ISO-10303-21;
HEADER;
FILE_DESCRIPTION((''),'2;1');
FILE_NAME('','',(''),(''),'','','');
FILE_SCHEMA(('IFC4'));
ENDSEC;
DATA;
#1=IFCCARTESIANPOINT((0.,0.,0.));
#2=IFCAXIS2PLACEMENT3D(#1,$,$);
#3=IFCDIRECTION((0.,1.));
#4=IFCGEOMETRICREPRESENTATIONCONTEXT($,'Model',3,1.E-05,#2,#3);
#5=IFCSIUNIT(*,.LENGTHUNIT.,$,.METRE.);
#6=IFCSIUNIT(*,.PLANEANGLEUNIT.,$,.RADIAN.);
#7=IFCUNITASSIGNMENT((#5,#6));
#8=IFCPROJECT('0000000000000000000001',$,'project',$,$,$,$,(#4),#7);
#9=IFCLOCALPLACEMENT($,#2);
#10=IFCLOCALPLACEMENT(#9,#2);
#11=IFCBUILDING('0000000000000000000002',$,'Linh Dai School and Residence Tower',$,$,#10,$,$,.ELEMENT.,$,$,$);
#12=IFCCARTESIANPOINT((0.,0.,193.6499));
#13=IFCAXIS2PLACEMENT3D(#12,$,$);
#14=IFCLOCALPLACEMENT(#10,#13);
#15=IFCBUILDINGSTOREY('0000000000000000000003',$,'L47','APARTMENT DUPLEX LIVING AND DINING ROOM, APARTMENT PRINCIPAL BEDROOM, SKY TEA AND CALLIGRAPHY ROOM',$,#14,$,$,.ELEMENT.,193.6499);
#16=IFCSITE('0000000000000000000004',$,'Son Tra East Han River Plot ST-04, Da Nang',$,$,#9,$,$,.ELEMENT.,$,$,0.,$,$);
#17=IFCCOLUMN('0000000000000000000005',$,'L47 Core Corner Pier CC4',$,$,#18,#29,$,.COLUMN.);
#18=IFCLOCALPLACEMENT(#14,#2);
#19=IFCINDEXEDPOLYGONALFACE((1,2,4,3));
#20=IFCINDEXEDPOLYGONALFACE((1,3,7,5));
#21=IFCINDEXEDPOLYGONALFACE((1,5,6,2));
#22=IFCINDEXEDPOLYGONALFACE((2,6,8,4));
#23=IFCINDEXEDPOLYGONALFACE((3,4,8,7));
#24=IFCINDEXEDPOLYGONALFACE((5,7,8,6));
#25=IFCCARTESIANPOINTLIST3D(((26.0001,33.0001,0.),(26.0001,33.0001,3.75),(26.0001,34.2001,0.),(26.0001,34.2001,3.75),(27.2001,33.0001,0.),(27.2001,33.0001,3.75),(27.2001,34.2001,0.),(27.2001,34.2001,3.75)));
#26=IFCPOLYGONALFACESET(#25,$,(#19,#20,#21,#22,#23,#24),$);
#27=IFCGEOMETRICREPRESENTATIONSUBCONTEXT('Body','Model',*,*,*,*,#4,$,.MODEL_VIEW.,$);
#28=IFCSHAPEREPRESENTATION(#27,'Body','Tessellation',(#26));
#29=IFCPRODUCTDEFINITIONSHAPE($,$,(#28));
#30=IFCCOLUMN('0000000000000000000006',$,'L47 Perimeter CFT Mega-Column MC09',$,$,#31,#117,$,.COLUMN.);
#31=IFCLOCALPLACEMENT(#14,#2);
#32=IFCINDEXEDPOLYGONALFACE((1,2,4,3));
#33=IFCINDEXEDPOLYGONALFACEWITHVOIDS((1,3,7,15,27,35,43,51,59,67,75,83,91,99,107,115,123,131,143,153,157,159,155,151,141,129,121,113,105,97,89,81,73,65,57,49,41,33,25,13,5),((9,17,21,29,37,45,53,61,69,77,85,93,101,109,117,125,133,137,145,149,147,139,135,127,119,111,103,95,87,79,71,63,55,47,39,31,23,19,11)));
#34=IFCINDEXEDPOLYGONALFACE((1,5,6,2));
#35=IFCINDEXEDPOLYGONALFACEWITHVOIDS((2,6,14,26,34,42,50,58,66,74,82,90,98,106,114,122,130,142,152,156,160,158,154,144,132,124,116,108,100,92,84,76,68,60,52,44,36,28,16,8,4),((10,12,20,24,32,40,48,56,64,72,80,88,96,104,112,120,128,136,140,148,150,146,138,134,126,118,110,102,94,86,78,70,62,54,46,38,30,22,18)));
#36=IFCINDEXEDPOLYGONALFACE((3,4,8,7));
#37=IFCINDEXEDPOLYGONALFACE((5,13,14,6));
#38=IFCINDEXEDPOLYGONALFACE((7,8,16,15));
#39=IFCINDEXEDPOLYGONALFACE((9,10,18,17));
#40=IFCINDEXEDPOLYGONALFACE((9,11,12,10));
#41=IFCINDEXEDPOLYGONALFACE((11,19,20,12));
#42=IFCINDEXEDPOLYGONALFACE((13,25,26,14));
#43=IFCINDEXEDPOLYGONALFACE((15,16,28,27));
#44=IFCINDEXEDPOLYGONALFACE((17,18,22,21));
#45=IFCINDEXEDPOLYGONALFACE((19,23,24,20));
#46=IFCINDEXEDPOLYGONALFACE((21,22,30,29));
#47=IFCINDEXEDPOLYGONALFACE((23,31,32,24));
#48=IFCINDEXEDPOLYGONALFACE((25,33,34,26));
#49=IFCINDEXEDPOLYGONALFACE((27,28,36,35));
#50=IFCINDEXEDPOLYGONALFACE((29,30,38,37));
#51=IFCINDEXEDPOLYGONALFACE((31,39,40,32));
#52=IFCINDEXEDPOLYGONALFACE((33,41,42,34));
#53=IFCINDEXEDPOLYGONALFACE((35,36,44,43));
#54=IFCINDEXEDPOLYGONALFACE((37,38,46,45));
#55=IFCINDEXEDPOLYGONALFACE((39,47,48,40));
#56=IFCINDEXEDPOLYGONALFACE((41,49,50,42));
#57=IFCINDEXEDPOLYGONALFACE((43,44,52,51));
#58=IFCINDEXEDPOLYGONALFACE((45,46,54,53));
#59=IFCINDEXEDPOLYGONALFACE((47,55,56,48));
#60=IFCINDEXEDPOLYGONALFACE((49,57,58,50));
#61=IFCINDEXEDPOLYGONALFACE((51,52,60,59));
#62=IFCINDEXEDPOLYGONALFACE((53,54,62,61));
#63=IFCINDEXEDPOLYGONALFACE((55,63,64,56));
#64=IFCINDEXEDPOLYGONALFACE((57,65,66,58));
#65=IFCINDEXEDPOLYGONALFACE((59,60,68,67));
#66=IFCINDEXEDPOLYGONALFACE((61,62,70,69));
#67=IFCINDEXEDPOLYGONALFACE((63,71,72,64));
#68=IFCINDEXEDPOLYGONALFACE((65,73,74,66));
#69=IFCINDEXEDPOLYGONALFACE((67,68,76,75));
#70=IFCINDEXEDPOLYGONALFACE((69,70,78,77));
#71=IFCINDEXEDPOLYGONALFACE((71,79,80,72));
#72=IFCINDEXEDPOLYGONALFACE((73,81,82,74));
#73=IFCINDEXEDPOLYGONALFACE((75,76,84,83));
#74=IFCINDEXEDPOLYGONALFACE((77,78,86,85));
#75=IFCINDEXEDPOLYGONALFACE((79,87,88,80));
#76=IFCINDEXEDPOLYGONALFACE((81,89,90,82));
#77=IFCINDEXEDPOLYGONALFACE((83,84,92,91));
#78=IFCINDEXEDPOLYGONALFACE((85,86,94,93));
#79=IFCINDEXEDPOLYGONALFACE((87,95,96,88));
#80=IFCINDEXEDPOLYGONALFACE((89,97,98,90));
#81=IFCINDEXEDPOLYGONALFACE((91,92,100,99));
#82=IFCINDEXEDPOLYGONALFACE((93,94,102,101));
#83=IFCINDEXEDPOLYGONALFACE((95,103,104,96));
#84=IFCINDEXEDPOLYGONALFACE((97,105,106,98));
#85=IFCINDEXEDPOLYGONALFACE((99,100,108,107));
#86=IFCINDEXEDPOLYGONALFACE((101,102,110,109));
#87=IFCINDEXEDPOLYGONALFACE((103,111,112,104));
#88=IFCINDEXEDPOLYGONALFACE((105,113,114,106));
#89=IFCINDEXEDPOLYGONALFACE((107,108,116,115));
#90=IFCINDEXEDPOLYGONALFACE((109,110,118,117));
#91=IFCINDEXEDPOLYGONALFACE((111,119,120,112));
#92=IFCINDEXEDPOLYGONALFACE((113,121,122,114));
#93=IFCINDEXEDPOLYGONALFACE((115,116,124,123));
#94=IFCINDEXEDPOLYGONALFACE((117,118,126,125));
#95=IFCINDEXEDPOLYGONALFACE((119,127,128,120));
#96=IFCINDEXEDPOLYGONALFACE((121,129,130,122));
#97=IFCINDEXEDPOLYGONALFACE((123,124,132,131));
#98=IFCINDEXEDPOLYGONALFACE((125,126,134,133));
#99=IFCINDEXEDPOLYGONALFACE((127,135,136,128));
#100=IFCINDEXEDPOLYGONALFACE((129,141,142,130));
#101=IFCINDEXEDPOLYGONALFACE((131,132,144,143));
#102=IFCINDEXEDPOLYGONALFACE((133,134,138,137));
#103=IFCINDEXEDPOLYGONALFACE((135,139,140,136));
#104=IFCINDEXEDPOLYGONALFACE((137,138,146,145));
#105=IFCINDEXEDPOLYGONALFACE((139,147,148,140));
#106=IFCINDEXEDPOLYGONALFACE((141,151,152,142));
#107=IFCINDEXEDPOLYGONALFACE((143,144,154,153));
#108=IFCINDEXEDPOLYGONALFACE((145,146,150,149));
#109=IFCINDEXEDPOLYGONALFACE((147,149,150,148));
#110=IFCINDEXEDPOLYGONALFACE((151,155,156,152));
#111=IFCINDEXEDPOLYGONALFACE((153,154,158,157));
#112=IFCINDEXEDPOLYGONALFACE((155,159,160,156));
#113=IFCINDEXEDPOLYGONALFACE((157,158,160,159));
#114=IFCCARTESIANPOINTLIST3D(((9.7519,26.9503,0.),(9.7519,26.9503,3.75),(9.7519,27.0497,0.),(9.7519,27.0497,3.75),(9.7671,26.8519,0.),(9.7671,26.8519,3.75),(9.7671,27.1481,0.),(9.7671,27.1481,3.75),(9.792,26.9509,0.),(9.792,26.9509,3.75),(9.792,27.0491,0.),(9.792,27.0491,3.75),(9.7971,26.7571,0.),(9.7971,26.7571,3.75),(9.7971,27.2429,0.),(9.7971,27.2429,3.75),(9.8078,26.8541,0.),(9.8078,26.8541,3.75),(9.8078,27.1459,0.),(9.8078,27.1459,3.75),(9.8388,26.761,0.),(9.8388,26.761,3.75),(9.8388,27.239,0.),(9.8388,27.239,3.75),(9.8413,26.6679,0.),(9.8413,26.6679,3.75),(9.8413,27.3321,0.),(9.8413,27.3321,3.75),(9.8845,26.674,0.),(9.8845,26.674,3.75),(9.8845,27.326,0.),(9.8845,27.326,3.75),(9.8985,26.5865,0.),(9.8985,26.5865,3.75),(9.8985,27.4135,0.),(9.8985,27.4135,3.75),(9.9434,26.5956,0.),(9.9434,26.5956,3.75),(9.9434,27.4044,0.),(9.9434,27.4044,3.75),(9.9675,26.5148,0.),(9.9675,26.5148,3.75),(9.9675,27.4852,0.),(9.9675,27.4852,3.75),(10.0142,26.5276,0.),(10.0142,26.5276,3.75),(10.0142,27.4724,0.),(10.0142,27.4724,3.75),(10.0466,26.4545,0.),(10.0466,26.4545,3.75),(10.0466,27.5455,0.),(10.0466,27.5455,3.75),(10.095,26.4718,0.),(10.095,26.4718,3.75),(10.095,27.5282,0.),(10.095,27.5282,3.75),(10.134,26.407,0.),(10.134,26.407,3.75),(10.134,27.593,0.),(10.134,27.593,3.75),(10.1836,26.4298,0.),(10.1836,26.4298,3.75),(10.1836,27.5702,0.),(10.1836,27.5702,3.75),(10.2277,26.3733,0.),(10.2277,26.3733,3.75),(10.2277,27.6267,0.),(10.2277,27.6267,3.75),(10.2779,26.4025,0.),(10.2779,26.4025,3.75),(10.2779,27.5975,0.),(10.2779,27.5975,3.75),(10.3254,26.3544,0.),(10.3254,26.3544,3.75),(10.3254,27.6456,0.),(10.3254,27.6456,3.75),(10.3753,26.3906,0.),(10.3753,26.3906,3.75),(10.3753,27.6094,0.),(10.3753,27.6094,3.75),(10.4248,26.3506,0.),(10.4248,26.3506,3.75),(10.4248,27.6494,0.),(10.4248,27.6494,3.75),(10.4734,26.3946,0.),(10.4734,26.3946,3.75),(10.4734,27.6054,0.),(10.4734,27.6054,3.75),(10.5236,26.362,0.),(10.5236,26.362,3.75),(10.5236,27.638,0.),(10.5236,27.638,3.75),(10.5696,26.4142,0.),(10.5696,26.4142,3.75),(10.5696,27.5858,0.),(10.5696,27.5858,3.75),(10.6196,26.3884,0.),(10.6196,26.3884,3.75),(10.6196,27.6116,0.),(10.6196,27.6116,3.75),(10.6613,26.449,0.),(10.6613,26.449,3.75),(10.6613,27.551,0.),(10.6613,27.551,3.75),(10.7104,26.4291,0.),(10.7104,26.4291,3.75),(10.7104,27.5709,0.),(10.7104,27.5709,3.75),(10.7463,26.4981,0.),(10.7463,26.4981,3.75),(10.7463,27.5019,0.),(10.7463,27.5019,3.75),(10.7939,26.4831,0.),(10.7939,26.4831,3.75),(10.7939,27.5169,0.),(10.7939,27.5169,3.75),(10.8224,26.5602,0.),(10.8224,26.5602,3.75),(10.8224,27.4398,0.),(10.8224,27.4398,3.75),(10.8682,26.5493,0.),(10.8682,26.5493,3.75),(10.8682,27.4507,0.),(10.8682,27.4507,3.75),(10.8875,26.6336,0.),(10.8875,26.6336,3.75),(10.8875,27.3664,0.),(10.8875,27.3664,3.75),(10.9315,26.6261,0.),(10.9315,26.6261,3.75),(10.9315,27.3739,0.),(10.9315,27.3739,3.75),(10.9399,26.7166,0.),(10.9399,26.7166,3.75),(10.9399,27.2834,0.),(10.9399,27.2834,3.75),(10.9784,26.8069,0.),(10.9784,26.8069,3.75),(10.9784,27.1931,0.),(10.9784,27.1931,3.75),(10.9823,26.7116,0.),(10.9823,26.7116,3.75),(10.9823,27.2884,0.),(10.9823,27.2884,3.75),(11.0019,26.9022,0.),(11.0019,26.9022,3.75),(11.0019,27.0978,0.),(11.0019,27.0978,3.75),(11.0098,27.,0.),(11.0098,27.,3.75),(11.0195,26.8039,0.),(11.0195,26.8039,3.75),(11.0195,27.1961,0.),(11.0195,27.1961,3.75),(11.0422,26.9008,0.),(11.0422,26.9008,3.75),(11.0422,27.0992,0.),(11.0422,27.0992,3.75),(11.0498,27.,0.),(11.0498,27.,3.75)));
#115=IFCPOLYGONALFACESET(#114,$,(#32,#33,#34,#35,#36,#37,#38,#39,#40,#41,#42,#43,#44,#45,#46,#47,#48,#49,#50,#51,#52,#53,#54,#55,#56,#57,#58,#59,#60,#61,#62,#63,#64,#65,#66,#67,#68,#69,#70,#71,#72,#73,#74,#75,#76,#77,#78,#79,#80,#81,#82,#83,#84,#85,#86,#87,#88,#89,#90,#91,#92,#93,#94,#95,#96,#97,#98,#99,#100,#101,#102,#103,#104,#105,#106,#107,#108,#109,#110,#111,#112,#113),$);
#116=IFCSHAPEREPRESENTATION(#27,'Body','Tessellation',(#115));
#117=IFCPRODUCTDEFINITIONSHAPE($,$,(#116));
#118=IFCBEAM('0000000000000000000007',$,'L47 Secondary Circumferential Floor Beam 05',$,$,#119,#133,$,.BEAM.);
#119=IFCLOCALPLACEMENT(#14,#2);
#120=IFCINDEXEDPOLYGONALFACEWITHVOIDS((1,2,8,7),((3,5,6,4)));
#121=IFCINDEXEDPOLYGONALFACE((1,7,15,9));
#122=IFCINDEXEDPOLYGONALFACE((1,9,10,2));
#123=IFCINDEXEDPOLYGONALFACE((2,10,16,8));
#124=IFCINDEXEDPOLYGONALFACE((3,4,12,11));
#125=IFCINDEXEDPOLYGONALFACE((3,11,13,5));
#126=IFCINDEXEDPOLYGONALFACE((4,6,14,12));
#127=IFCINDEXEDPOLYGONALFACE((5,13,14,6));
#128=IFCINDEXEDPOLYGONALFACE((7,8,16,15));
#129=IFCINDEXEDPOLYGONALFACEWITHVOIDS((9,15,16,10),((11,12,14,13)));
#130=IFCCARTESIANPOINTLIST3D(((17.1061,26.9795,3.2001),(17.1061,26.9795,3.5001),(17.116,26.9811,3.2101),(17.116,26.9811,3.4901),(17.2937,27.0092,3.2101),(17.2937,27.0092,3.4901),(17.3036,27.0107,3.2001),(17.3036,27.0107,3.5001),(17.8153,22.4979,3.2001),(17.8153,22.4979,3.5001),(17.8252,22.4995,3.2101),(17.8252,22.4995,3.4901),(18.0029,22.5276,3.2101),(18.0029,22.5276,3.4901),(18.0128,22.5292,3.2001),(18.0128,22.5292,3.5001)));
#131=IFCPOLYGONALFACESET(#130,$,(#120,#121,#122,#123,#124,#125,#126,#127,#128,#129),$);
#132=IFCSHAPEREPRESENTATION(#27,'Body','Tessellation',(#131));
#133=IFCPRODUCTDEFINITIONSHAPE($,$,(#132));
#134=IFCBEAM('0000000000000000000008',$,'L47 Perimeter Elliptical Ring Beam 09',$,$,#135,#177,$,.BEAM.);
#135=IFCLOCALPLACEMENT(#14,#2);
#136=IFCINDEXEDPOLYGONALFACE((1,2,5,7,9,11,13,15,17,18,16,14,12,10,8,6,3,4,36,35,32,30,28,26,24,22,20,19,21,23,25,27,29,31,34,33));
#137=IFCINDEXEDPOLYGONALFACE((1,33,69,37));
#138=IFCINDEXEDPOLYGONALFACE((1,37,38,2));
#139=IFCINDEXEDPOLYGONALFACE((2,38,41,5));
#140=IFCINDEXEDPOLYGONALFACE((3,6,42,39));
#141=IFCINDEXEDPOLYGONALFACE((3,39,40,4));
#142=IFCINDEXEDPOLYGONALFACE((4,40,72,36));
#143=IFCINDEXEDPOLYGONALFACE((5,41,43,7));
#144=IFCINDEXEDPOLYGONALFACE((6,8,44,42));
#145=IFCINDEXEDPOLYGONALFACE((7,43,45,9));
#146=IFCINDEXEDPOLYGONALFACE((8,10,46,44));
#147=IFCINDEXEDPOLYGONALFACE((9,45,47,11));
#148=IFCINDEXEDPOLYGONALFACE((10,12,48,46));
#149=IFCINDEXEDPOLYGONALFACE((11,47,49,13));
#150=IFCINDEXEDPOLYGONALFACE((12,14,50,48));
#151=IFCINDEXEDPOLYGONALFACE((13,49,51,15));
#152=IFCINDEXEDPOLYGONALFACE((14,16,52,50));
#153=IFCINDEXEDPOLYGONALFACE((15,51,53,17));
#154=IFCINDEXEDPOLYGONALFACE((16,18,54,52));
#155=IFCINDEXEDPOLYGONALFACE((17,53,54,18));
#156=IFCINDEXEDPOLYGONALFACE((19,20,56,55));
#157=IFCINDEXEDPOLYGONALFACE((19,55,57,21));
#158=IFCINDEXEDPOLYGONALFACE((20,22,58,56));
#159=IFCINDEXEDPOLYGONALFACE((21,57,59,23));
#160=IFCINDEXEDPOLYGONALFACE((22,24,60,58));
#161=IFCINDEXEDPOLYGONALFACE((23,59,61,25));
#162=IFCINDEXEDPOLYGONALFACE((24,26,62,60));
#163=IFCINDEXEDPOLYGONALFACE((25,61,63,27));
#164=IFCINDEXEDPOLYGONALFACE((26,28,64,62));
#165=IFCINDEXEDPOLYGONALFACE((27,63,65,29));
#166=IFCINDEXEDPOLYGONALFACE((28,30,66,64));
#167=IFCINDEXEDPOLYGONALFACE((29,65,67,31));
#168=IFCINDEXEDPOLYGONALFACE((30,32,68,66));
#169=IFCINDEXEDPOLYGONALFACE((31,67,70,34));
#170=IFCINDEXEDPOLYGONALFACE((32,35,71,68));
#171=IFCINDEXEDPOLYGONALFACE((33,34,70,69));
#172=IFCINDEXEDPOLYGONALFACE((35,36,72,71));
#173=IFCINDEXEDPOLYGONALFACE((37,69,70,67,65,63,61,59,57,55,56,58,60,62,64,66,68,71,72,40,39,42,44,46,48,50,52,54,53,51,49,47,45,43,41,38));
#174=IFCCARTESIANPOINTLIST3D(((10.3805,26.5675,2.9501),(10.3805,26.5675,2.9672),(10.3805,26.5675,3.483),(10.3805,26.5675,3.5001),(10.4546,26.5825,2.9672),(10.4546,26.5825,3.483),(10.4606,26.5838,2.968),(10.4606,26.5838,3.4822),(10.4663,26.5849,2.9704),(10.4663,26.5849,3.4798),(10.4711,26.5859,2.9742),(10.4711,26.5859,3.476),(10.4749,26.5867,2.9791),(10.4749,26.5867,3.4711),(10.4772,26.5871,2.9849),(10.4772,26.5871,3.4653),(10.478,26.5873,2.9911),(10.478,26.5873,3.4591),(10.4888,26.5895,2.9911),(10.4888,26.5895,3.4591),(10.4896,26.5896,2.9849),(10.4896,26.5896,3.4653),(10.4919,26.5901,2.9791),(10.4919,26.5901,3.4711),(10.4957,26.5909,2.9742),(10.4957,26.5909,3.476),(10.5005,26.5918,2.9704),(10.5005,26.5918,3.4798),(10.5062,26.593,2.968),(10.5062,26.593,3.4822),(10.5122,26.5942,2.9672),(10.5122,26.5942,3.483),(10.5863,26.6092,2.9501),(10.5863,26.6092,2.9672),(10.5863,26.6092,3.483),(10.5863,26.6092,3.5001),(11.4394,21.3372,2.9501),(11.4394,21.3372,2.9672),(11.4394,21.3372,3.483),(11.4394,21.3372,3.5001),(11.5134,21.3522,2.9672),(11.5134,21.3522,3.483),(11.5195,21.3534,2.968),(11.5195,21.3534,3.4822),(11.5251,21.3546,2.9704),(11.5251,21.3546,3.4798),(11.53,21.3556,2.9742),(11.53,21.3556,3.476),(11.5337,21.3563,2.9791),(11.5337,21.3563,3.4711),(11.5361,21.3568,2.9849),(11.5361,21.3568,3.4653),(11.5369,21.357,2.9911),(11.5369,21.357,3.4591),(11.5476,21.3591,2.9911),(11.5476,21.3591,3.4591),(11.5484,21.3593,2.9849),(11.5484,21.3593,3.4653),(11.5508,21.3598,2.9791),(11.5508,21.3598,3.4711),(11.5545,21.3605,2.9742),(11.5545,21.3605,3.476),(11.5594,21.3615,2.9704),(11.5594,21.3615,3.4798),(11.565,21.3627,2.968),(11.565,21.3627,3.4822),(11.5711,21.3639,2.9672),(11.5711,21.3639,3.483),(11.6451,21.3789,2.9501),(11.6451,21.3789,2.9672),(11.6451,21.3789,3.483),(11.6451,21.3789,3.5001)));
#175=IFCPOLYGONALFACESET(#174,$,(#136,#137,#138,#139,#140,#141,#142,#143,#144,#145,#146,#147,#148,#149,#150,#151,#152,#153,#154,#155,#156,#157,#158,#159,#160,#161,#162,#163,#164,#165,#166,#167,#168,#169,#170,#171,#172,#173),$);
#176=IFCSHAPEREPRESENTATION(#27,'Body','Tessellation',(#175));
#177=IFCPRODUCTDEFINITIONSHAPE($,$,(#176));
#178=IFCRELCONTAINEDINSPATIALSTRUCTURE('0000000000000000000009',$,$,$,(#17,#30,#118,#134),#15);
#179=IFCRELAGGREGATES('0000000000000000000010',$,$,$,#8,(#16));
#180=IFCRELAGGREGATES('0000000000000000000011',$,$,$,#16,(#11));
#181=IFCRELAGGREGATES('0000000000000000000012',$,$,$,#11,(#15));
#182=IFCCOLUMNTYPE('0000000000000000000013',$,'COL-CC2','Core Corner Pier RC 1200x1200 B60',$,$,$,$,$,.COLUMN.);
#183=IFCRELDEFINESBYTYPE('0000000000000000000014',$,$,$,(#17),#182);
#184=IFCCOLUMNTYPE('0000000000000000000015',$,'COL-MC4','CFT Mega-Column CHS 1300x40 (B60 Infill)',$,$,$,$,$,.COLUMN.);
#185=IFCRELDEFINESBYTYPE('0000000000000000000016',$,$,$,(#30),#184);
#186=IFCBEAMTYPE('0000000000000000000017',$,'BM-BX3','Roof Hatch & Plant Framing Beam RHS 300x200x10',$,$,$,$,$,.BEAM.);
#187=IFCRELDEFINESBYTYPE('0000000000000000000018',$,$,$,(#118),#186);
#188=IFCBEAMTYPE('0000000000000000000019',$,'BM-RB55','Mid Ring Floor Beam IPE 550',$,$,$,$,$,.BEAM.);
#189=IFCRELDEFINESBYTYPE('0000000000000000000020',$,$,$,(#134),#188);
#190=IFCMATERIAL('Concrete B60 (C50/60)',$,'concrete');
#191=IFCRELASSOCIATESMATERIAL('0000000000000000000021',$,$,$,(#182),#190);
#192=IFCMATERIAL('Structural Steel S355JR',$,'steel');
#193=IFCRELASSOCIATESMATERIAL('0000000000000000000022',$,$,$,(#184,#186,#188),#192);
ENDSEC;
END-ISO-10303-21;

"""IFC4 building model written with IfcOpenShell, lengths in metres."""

from ifc_helpers import new_model, si_unit, direction, frame, origin, origin_2d, place, context, subcontext, project, spatial, rectangle, hollow_rectangle, hollow_circle, i_section, extrude, material, material_profile, profile_set, type_object, element, save


model = new_model("IFC4")

# Units and contexts
model_context = context("Model", 3, precision=1e-05, world=origin(), true_north=direction((0.0, 1.0)))
body_context = subcontext(model_context, "Body", "Model", "MODEL_VIEW")
ifc_project = project(units=[si_unit("LENGTHUNIT", "METRE"), si_unit("PLANEANGLEUNIT", "RADIAN")], contexts=[model_context])

# Site, building, storey
site_placement = place(None, origin())
site = spatial("IfcSite", under=ifc_project, at=site_placement, Name="Son Tra East Han River Plot ST-04, Da Nang", CompositionType="ELEMENT", RefElevation=0.0)
building_placement = place(site_placement, origin())
building = spatial("IfcBuilding", under=site, at=building_placement, Name="Linh Dai School and Residence Tower", CompositionType="ELEMENT")
storey_placement = place(building_placement, frame((0.0, 0.0, 193.6499)))
storey = spatial("IfcBuildingStorey", under=building, at=storey_placement, Name="L47", Description="APARTMENT DUPLEX LIVING AND DINING ROOM, APARTMENT PRINCIPAL BEDROOM, SKY TEA AND CALLIGRAPHY ROOM", CompositionType="ELEMENT", Elevation=193.6499)

# Columns
ifc_material_1 = material(Name="Concrete B60 (C50/60)", Category="concrete")
ifc_material_profile_1 = material_profile(ifc_material_1, rectangle(XDim=1.2, YDim=1.2, at=origin_2d()), Name="RC 1200x1200")
ifc_profile_set_1 = profile_set([ifc_material_profile_1], Name="Concrete B60 (C50/60)")
column_type_1 = type_object("IfcColumnType", Name="COL-CC2", Description="Core Corner Pier RC 1200x1200 B60", PredefinedType="COLUMN", material=ifc_profile_set_1)
column_1_placement = place(storey_placement, frame((26.6001, 33.6001, 0.0), z_axis=(0.0, 0.0, 1.0), x_axis=(1.0, 0.0, 0.0)))
element("IfcColumn", 1, at=column_1_placement, inside=storey, type_object=column_type_1, Name="L47 Core Corner Pier CC4", PredefinedType="COLUMN", context=body_context, shape_type="SweptSolid", body=[
    extrude(rectangle(XDim=1.2, YDim=1.2, at=origin_2d()), origin(), (0.0, 0.0, 1.0), 3.75),
])
ifc_material_2 = material(Name="Structural Steel S355JR", Category="steel")
ifc_material_profile_2 = material_profile(ifc_material_2, hollow_circle(Radius=0.6499, WallThickness=0.04, at=origin_2d()), Name="CHS 1300x40")
ifc_profile_set_2 = profile_set([ifc_material_profile_2], Name="Structural Steel S355JR")
column_type_2 = type_object("IfcColumnType", Name="COL-MC4", Description="CFT Mega-Column CHS 1300x40 (B60 Infill)", PredefinedType="COLUMN", material=ifc_profile_set_2)
column_2_placement = place(storey_placement, frame((10.3999, 27.0, 0.0), z_axis=(0.0, 0.0, 1.0), x_axis=(1.0, 0.0, 0.0)))
element("IfcColumn", 2, at=column_2_placement, inside=storey, type_object=column_type_2, Name="L47 Perimeter CFT Mega-Column MC09", PredefinedType="COLUMN", context=body_context, shape_type="SweptSolid", body=[
    extrude(hollow_circle(Radius=0.6499, WallThickness=0.04, at=origin_2d()), origin(), (0.0, 0.0, 1.0), 3.75),
])

# Beams
ifc_material_profile_3 = material_profile(ifc_material_2, hollow_rectangle(XDim=0.2, YDim=0.3, WallThickness=0.01, at=origin_2d()), Name="RHS 300x200x10")
ifc_profile_set_3 = profile_set([ifc_material_profile_3], Name="Structural Steel S355JR")
beam_type_1 = type_object("IfcBeamType", Name="BM-BX3", Description="Roof Hatch & Plant Framing Beam RHS 300x200x10", PredefinedType="BEAM", material=ifc_profile_set_3)
beam_1_placement = place(storey_placement, frame((17.2048, 26.9951, 3.3501), z_axis=(0.156305, -0.987709, 0.0), x_axis=(0.987709, 0.156305, 0.0)))
element("IfcBeam", 3, at=beam_1_placement, inside=storey, type_object=beam_type_1, Name="L47 Secondary Circumferential Floor Beam 05", PredefinedType="BEAM", context=body_context, shape_type="SweptSolid", body=[
    extrude(hollow_rectangle(XDim=0.2, YDim=0.3, WallThickness=0.01, at=origin_2d()), origin(), (0.0, 0.0, 1.0), 4.5374),
])
ifc_material_profile_4 = material_profile(ifc_material_2, i_section(OverallWidth=0.21, OverallDepth=0.55, WebThickness=0.011, FlangeThickness=0.0171, FilletRadius=0.0239, at=origin_2d()), Name="IPE 550")
ifc_profile_set_4 = profile_set([ifc_material_profile_4], Name="Structural Steel S355JR")
beam_type_2 = type_object("IfcBeamType", Name="BM-RB55", Description="Mid Ring Floor Beam IPE 550", PredefinedType="BEAM", material=ifc_profile_set_4)
beam_2_placement = place(storey_placement, frame((10.4834, 26.5884, 3.2251), z_axis=(0.198421, -0.980117, 0.0), x_axis=(0.980117, 0.198421, 0.0)))
element("IfcBeam", 4, at=beam_2_placement, inside=storey, type_object=beam_type_2, Name="L47 Perimeter Elliptical Ring Beam 09", PredefinedType="BEAM", context=body_context, shape_type="SweptSolid", body=[
    extrude(i_section(OverallWidth=0.21, OverallDepth=0.55, WebThickness=0.011, FlangeThickness=0.0171, FilletRadius=0.0239, at=origin_2d()), origin(), (0.0, 0.0, 1.0), 5.3364),
])

save(model, "model.ifc")
